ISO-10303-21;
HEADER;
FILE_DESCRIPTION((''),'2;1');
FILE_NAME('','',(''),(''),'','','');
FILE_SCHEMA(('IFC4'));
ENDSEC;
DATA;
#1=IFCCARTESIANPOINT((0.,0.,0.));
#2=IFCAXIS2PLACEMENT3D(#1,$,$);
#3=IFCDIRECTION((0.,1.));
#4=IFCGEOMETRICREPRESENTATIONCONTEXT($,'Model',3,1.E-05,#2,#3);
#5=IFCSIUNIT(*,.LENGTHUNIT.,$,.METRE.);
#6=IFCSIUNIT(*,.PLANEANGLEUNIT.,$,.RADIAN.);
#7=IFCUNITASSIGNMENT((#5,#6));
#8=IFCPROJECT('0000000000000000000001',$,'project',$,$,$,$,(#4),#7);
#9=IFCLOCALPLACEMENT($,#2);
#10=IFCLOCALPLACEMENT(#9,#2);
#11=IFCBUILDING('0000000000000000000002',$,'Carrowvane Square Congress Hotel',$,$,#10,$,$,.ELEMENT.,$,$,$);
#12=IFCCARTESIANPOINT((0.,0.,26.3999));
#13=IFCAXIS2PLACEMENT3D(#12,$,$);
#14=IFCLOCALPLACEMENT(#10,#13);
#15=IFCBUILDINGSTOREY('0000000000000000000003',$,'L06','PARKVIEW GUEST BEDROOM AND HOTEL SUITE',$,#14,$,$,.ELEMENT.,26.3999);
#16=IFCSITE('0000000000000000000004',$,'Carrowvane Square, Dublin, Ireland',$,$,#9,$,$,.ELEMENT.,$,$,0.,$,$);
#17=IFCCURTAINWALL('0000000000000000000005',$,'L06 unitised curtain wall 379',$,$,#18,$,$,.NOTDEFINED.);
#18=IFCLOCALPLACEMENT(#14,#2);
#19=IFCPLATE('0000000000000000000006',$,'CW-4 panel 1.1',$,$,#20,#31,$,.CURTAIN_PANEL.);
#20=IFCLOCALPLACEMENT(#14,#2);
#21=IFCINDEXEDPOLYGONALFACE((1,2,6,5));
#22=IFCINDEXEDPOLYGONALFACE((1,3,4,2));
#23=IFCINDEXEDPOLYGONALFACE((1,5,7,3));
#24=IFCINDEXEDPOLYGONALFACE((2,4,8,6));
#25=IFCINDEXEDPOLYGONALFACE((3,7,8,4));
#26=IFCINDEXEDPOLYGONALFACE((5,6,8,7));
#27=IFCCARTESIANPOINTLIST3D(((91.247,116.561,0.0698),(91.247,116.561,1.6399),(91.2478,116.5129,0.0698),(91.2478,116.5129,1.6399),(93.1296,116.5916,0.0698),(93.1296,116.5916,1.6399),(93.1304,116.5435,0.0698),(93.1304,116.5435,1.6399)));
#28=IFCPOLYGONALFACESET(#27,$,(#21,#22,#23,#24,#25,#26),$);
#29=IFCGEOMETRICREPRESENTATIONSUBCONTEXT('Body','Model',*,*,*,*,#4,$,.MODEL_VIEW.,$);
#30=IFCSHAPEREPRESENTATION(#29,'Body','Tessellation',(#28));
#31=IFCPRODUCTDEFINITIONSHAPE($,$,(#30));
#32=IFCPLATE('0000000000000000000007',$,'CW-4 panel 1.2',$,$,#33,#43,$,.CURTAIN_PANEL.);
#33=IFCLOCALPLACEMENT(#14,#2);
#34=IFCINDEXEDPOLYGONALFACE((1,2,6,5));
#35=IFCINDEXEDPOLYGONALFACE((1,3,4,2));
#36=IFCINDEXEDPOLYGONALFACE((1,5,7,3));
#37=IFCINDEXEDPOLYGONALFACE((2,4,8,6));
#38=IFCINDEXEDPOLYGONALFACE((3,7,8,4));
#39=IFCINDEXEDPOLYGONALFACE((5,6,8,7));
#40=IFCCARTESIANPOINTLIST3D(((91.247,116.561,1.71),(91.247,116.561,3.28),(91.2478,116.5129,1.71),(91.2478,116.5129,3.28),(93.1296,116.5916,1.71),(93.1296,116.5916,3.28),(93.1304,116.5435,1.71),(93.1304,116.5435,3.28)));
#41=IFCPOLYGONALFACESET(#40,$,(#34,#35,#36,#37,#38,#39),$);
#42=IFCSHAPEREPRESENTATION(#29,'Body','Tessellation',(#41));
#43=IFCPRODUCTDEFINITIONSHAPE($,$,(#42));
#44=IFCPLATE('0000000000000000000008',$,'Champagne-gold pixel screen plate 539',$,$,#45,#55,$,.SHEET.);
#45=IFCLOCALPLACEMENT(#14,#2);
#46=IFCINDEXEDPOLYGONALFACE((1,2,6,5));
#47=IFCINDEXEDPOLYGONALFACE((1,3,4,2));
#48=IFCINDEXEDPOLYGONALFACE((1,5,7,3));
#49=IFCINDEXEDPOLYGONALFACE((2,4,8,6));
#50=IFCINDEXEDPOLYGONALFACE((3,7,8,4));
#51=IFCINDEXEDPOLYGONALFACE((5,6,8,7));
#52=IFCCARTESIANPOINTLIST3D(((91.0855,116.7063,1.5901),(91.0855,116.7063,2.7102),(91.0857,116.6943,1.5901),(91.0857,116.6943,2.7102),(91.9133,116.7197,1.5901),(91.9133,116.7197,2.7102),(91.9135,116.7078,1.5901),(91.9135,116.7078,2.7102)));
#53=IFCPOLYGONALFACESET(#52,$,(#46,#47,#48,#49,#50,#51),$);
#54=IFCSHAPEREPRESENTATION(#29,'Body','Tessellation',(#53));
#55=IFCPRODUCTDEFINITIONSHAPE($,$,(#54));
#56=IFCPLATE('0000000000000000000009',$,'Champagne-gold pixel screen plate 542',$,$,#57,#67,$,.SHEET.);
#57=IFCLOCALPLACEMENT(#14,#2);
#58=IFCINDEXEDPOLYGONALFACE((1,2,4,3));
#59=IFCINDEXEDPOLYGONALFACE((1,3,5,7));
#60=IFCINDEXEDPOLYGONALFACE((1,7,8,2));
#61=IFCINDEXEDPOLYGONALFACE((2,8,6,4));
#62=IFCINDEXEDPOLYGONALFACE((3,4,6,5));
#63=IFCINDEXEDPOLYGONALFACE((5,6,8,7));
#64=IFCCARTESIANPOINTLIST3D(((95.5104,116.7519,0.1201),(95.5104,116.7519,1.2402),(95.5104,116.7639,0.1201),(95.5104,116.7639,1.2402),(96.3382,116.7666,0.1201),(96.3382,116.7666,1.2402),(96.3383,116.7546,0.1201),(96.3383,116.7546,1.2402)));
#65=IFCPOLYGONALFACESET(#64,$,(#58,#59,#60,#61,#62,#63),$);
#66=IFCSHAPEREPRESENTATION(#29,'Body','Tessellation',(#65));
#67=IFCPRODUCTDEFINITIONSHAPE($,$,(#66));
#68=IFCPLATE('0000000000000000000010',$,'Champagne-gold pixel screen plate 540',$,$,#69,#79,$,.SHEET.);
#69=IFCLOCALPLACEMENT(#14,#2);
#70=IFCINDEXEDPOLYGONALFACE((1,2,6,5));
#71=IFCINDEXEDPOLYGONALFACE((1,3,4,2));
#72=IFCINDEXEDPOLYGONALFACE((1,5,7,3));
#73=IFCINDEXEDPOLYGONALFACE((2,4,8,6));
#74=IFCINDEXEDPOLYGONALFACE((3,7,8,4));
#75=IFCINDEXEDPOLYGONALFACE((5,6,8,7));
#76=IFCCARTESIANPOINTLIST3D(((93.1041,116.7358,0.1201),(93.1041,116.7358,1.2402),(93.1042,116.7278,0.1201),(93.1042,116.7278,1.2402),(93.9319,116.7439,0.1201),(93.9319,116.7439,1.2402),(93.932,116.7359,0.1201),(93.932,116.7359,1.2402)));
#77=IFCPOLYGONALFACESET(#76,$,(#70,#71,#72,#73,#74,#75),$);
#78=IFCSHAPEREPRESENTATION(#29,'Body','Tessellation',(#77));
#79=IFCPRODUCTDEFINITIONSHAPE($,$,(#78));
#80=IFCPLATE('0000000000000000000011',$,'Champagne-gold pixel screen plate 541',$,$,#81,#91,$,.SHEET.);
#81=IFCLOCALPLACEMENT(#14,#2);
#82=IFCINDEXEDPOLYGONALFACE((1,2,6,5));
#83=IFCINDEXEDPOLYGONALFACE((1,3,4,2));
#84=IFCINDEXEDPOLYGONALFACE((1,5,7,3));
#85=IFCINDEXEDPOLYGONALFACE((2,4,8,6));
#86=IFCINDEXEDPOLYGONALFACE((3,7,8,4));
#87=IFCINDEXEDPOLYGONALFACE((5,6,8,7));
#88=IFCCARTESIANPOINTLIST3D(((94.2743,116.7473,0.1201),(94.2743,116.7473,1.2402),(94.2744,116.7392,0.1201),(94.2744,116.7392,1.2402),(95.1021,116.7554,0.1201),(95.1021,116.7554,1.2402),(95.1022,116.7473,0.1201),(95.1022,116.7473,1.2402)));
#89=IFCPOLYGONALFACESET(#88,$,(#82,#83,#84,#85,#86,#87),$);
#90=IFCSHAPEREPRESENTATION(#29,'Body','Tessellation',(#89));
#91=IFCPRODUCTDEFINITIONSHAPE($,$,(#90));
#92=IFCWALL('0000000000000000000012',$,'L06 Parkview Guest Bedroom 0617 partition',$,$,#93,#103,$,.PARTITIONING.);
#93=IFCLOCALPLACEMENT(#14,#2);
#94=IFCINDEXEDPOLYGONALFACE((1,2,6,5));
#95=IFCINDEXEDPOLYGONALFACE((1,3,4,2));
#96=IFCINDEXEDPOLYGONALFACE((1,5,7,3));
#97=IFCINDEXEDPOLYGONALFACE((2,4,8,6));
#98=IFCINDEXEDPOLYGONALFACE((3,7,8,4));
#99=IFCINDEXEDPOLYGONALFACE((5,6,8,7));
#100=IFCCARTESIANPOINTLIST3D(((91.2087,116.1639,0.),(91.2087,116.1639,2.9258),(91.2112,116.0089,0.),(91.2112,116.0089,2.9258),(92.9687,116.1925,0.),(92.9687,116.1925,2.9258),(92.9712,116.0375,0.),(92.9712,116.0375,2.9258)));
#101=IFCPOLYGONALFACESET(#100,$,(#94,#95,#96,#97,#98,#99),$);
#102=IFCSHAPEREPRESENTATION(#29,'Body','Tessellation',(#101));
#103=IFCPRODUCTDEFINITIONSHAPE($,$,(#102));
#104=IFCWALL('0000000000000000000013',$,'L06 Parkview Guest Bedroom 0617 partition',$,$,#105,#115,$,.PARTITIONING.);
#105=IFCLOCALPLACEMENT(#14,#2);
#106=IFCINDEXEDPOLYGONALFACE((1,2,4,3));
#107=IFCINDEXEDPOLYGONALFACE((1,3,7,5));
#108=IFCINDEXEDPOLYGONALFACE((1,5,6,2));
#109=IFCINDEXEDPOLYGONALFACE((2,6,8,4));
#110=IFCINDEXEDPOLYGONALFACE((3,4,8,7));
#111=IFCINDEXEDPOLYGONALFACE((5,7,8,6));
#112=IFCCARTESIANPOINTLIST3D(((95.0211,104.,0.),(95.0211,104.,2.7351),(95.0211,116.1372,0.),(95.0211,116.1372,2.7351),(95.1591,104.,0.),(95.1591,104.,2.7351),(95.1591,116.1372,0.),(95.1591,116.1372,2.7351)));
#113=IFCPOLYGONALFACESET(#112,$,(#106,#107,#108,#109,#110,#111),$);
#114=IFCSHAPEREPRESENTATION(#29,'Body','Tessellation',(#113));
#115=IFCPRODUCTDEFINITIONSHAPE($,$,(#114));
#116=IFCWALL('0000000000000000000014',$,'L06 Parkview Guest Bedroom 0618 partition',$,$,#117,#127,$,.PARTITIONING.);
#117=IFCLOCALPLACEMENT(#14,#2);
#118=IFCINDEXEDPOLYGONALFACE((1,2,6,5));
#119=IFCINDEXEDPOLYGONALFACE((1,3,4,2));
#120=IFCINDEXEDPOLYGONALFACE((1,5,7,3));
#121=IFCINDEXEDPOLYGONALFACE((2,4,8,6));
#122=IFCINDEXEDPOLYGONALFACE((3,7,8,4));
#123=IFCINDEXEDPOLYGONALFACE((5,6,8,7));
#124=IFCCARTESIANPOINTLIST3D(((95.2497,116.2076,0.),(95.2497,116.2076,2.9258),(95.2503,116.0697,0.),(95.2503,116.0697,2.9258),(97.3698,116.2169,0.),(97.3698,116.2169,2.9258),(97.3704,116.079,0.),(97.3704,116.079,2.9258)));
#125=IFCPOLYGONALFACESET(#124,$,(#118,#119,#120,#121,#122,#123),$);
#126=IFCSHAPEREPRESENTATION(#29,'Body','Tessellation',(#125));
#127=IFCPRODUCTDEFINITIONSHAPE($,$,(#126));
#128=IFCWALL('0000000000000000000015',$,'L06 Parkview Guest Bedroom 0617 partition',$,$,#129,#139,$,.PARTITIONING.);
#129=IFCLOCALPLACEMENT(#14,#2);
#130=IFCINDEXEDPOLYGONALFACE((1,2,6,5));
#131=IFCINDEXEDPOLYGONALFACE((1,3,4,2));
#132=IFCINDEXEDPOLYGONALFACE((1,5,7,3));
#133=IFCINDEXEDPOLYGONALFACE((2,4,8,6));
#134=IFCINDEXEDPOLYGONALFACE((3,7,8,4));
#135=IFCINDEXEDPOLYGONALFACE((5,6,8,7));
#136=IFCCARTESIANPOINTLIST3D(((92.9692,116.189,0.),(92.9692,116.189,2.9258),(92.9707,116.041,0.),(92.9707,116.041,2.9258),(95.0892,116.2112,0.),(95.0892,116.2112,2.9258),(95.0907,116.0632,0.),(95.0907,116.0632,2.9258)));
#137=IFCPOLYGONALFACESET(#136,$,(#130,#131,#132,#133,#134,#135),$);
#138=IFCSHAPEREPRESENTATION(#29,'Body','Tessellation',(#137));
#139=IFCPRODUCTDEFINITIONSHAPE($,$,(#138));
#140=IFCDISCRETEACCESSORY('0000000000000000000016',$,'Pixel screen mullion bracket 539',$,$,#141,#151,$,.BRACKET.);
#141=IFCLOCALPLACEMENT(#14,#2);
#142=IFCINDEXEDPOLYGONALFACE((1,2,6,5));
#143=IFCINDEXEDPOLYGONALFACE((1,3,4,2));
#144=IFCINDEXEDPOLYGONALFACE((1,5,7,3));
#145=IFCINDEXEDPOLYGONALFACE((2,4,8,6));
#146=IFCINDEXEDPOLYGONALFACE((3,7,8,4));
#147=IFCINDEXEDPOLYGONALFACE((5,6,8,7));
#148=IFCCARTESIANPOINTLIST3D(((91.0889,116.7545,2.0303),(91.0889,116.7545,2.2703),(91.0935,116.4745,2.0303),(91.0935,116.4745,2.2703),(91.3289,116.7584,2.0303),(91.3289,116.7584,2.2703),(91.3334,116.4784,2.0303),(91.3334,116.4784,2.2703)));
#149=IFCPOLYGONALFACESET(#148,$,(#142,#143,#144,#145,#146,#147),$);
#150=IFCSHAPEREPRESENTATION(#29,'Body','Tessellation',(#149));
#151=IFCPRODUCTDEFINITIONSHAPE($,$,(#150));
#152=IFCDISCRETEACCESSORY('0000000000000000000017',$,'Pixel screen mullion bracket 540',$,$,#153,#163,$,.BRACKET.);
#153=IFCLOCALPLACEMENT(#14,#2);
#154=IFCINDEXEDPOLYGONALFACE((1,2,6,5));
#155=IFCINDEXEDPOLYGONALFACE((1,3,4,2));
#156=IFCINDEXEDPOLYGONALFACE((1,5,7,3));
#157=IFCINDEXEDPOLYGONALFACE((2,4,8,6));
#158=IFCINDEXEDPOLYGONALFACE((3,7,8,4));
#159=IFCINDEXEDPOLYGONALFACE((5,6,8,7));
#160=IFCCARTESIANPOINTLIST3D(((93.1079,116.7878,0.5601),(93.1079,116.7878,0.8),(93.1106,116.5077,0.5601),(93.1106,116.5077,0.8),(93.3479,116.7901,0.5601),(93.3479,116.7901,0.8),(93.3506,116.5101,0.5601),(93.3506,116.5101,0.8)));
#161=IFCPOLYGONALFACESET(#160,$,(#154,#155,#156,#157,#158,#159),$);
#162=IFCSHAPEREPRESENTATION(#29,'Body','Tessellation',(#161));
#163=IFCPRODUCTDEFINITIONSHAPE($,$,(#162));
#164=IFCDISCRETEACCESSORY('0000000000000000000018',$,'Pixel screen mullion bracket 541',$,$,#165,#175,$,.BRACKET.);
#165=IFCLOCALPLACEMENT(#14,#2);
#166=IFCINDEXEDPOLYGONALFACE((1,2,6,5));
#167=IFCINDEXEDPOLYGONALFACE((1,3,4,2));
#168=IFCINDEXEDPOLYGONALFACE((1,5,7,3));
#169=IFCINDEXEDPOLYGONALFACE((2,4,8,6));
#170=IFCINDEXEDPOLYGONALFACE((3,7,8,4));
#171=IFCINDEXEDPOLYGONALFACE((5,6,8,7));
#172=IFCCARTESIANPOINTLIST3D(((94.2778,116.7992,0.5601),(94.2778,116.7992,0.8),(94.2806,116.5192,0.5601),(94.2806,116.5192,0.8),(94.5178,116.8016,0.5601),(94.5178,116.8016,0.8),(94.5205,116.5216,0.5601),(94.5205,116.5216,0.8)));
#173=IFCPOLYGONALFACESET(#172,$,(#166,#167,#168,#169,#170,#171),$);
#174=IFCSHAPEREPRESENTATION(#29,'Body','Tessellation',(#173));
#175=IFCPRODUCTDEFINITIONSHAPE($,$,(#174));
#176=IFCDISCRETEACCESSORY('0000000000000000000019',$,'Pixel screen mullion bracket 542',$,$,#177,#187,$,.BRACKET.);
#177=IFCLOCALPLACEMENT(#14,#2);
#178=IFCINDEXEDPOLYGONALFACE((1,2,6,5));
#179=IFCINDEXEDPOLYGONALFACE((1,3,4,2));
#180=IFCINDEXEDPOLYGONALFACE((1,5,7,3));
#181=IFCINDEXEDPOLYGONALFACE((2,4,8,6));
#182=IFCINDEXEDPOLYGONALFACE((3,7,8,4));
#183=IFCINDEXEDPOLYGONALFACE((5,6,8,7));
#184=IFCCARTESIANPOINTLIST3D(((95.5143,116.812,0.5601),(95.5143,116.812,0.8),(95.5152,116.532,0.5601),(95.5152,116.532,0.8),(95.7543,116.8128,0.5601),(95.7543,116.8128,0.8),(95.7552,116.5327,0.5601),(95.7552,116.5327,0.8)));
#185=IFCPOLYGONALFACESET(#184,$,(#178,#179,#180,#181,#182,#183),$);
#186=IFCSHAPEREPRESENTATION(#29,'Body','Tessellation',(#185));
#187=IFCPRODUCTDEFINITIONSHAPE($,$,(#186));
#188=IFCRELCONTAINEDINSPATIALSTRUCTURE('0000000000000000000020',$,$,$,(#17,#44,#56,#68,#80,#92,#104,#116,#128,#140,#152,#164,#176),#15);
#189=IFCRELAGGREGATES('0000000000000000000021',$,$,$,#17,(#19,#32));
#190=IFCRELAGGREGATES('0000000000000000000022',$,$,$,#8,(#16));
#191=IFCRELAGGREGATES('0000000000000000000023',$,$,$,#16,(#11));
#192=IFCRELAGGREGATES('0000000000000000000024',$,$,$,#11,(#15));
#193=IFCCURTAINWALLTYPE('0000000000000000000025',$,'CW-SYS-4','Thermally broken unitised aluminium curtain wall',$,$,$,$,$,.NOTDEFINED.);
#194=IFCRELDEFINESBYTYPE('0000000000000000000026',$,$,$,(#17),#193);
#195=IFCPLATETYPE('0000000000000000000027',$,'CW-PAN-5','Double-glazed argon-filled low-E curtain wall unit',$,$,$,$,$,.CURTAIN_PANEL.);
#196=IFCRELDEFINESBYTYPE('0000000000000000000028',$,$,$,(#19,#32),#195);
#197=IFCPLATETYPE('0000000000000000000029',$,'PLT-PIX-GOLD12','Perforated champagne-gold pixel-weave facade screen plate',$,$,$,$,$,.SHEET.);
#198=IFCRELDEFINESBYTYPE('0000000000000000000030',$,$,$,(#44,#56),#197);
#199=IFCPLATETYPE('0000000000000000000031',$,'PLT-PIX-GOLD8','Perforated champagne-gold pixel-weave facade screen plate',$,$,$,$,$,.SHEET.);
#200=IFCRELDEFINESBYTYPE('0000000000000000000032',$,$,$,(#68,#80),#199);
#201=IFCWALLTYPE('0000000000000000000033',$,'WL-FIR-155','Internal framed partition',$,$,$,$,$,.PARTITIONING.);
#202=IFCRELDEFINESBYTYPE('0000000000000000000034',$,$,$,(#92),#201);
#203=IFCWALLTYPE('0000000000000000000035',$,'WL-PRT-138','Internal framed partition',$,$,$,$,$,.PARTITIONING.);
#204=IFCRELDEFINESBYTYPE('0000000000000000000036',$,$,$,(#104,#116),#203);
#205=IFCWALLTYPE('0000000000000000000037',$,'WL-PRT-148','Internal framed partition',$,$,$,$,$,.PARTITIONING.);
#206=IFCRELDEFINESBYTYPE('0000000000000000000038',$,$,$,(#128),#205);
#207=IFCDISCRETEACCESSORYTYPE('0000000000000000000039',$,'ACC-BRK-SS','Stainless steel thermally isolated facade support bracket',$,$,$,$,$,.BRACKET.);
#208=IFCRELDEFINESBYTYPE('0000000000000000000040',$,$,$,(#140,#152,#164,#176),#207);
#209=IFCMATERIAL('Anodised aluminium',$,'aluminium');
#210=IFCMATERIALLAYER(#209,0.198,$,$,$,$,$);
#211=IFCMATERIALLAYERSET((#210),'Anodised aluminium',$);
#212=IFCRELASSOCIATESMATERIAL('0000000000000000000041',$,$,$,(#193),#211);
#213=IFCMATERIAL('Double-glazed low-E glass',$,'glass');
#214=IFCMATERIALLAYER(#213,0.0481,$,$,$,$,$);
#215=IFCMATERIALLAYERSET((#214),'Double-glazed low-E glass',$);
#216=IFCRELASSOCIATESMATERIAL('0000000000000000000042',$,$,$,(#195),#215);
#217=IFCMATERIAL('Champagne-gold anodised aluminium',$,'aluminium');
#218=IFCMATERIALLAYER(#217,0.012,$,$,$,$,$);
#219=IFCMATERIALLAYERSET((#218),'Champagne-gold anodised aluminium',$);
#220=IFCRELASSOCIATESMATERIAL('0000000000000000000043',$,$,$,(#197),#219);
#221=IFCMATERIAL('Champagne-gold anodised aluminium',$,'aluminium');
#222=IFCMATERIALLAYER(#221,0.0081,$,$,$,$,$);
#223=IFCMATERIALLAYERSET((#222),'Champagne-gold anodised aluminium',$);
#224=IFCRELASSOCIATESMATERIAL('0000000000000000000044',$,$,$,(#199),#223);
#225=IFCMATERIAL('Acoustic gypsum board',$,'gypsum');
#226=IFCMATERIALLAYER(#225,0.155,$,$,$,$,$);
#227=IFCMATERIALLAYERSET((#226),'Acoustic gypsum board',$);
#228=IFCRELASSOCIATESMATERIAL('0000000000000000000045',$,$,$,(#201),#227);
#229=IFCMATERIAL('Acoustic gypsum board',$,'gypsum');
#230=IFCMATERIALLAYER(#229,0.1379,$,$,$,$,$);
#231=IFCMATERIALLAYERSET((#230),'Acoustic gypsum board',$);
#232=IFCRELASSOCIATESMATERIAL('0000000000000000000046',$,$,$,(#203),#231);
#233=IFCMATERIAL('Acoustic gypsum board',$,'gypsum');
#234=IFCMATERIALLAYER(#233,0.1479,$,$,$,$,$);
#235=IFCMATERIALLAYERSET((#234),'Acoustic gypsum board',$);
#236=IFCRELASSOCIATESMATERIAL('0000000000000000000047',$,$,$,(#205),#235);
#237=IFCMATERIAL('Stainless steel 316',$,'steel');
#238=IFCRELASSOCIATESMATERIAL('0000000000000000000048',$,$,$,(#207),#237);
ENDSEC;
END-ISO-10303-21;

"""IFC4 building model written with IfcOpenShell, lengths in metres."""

from ifc_helpers import new_model, si_unit, direction, frame, frame_2d, origin, origin_2d, place, context, subcontext, project, spatial, rectangle, extrude, material, layer, layer_set, type_object, element, aggregate, save


model = new_model("IFC4")

# Units and contexts
model_context = context("Model", 3, precision=1e-05, world=origin(), true_north=direction((0.0, 1.0)))
body_context = subcontext(model_context, "Body", "Model", "MODEL_VIEW")
ifc_project = project(units=[si_unit("LENGTHUNIT", "METRE"), si_unit("PLANEANGLEUNIT", "RADIAN")], contexts=[model_context])

# Site, building, storey
site_placement = place(None, origin())
site = spatial("IfcSite", under=ifc_project, at=site_placement, Name="Carrowvane Square, Dublin, Ireland", CompositionType="ELEMENT", RefElevation=0.0)
building_placement = place(site_placement, origin())
building = spatial("IfcBuilding", under=site, at=building_placement, Name="Carrowvane Square Congress Hotel", CompositionType="ELEMENT")
storey_placement = place(building_placement, frame((0.0, 0.0, 26.3999)))
storey = spatial("IfcBuildingStorey", under=building, at=storey_placement, Name="L06", Description="PARKVIEW GUEST BEDROOM AND HOTEL SUITE", CompositionType="ELEMENT", Elevation=26.3999)

# Curtain wall
ifc_material_1 = material(Name="Anodised aluminium", Category="aluminium")
ifc_layer_1 = layer(ifc_material_1, 0.198)
ifc_layer_set_1 = layer_set([ifc_layer_1], Name="Anodised aluminium")
curtain_wall_type_1 = type_object("IfcCurtainWallType", Name="CW-SYS-4", Description="Thermally broken unitised aluminium curtain wall", PredefinedType="NOTDEFINED", material=ifc_layer_set_1)
curtain_wall_1_placement = place(storey_placement, origin())
curtain_wall_1 = element("IfcCurtainWall", 1, at=curtain_wall_1_placement, inside=storey, type_object=curtain_wall_type_1, Name="L06 unitised curtain wall 379", PredefinedType="NOTDEFINED")

# Plates
ifc_material_2 = material(Name="Double-glazed low-E glass", Category="glass")
ifc_layer_2 = layer(ifc_material_2, 0.0481)
ifc_layer_set_2 = layer_set([ifc_layer_2], Name="Double-glazed low-E glass")
plate_type_1 = type_object("IfcPlateType", Name="CW-PAN-5", Description="Double-glazed argon-filled low-E curtain wall unit", PredefinedType="CURTAIN_PANEL", material=ifc_layer_set_2)
plate_1_placement = place(storey_placement, frame((92.1887, 116.5522, 0.0698), z_axis=(0.0, 0.0, 1.0), x_axis=(0.999869, 0.016216, 0.0)))
plate_1 = element("IfcPlate", 2, at=plate_1_placement, type_object=plate_type_1, Name="CW-4 panel 1.1", PredefinedType="CURTAIN_PANEL", context=body_context, shape_type="SweptSolid", body=[
    extrude(rectangle(XDim=1.8828, YDim=0.0481, at=origin_2d()), origin(), (0.0, 0.0, 1.0), 1.5701),
])
plate_2_placement = place(storey_placement, frame((92.1887, 116.5522, 1.71), z_axis=(0.0, 0.0, 1.0), x_axis=(0.999869, 0.016216, 0.0)))
plate_2 = element("IfcPlate", 3, at=plate_2_placement, type_object=plate_type_1, Name="CW-4 panel 1.2", PredefinedType="CURTAIN_PANEL", context=body_context, shape_type="SweptSolid", body=[
    extrude(rectangle(XDim=1.8828, YDim=0.0481, at=origin_2d()), origin(), (0.0, 0.0, 1.0), 1.5701),
])
aggregate(curtain_wall_1, [plate_1, plate_2])

# Plates
ifc_material_3 = material(Name="Champagne-gold anodised aluminium", Category="aluminium")
ifc_layer_3 = layer(ifc_material_3, 0.012)
ifc_layer_set_3 = layer_set([ifc_layer_3], Name="Champagne-gold anodised aluminium")
plate_type_2 = type_object("IfcPlateType", Name="PLT-PIX-GOLD12", Description="Perforated champagne-gold pixel-weave facade screen plate", PredefinedType="SHEET", material=ifc_layer_set_3)
for number, where, z_axis, x_axis, name in (
    (4, (91.4995, 116.707, 1.5901), (0.0, 0.0, 1.0), (0.999869, 0.016216, 0.0), "Champagne-gold pixel screen plate 539"),
    (5, (95.9243, 116.7593, 0.1201), (0.0, 0.0, 1.0), (0.999995, 0.00327, 0.0), "Champagne-gold pixel screen plate 542"),
):
    element("IfcPlate", number, at=place(storey_placement, frame(where, z_axis=z_axis, x_axis=x_axis)), inside=storey, type_object=plate_type_2, Name=name, PredefinedType="SHEET", context=body_context, shape_type="SweptSolid", body=[
        extrude(rectangle(XDim=0.8279, YDim=0.012, at=origin_2d()), origin(), (0.0, 0.0, 1.0), 1.1201),
    ])
ifc_material_4 = material(Name="Champagne-gold anodised aluminium", Category="aluminium")
ifc_layer_4 = layer(ifc_material_4, 0.0081)
ifc_layer_set_4 = layer_set([ifc_layer_4], Name="Champagne-gold anodised aluminium")
plate_type_3 = type_object("IfcPlateType", Name="PLT-PIX-GOLD8", Description="Perforated champagne-gold pixel-weave facade screen plate", PredefinedType="SHEET", material=ifc_layer_set_4)
for number, where, z_axis, x_axis, name in (
    (6, (93.5181, 116.7358, 0.1201), (0.0, 0.0, 1.0), (0.999952, 0.009782, 0.0), "Champagne-gold pixel screen plate 540"),
    (7, (94.6882, 116.7473, 0.1201), (0.0, 0.0, 1.0), (0.999952, 0.009782, 0.0), "Champagne-gold pixel screen plate 541"),
):
    element("IfcPlate", number, at=place(storey_placement, frame(where, z_axis=z_axis, x_axis=x_axis)), inside=storey, type_object=plate_type_3, Name=name, PredefinedType="SHEET", context=body_context, shape_type="SweptSolid", body=[
        extrude(rectangle(XDim=0.8279, YDim=0.0081, at=origin_2d()), origin(), (0.0, 0.0, 1.0), 1.1201),
    ])

# Walls
ifc_material_5 = material(Name="Acoustic gypsum board", Category="gypsum")
ifc_layer_5 = layer(ifc_material_5, 0.155)
ifc_layer_set_5 = layer_set([ifc_layer_5], Name="Acoustic gypsum board")
wall_type_1 = type_object("IfcWallType", Name="WL-FIR-155", Description="Internal framed partition", PredefinedType="PARTITIONING", material=ifc_layer_set_5)
wall_1_placement = place(storey_placement, frame((91.21, 116.0864, 0.0), z_axis=(0.0, 0.0, 1.0), x_axis=(0.999868, 0.016228, 0.0)))
element("IfcWall", 8, at=wall_1_placement, inside=storey, type_object=wall_type_1, Name="L06 Parkview Guest Bedroom 0617 partition", PredefinedType="PARTITIONING", context=body_context, shape_type="SweptSolid", body=[
    extrude(rectangle(XDim=1.7603, YDim=0.155, at=frame_2d((0.8801, 0.0))), origin(), (0.0, 0.0, 1.0), 2.9258),
])
ifc_material_6 = material(Name="Acoustic gypsum board", Category="gypsum")
ifc_layer_6 = layer(ifc_material_6, 0.1379)
ifc_layer_set_6 = layer_set([ifc_layer_6], Name="Acoustic gypsum board")
wall_type_2 = type_object("IfcWallType", Name="WL-PRT-138", Description="Internal framed partition", PredefinedType="PARTITIONING", material=ifc_layer_set_6)
wall_2_placement = place(storey_placement, frame((95.0901, 116.1372, 0.0), z_axis=(0.0, 0.0, 1.0), x_axis=(0.0, -1.0, 0.0)))
element("IfcWall", 9, at=wall_2_placement, inside=storey, type_object=wall_type_2, Name="L06 Parkview Guest Bedroom 0617 partition", PredefinedType="PARTITIONING", context=body_context, shape_type="SweptSolid", body=[
    extrude(rectangle(XDim=12.1372, YDim=0.1379, at=frame_2d((6.0686, 0.0))), origin(), (0.0, 0.0, 1.0), 2.7351),
])
wall_3_placement = place(storey_placement, frame((95.25, 116.1387, 0.0), z_axis=(0.0, 0.0, 1.0), x_axis=(0.99999, 0.004376, 0.0)))
element("IfcWall", 10, at=wall_3_placement, inside=storey, type_object=wall_type_2, Name="L06 Parkview Guest Bedroom 0618 partition", PredefinedType="PARTITIONING", context=body_context, shape_type="SweptSolid", body=[
    extrude(rectangle(XDim=2.1201, YDim=0.1379, at=frame_2d((1.0601, 0.0))), origin(), (0.0, 0.0, 1.0), 2.9258),
])
ifc_material_7 = material(Name="Acoustic gypsum board", Category="gypsum")
ifc_layer_7 = layer(ifc_material_7, 0.1479)
ifc_layer_set_7 = layer_set([ifc_layer_7], Name="Acoustic gypsum board")
wall_type_3 = type_object("IfcWallType", Name="WL-PRT-148", Description="Internal framed partition", PredefinedType="PARTITIONING", material=ifc_layer_set_7)
wall_4_placement = place(storey_placement, frame((92.97, 116.115, 0.0), z_axis=(0.0, 0.0, 1.0), x_axis=(0.999945, 0.010478, 0.0)))
element("IfcWall", 11, at=wall_4_placement, inside=storey, type_object=wall_type_3, Name="L06 Parkview Guest Bedroom 0617 partition", PredefinedType="PARTITIONING", context=body_context, shape_type="SweptSolid", body=[
    extrude(rectangle(XDim=2.1201, YDim=0.1479, at=frame_2d((1.0601, 0.0))), origin(), (0.0, 0.0, 1.0), 2.9258),
])

# Discrete accessories
ifc_material_8 = material(Name="Stainless steel 316", Category="steel")
discrete_accessory_type = type_object("IfcDiscreteAccessoryType", Name="ACC-BRK-SS", Description="Stainless steel thermally isolated facade support bracket", PredefinedType="BRACKET", material=ifc_material_8)
for number, where, z_axis, x_axis, name in (
    (12, (91.2112, 116.6165, 2.0303), (0.0, 0.0, 1.0), (0.999869, 0.016216, 0.0), "Pixel screen mullion bracket 539"),
    (13, (93.2292, 116.6489, 0.5601), (0.0, 0.0, 1.0), (0.999952, 0.009782, 0.0), "Pixel screen mullion bracket 540"),
    (14, (94.3992, 116.6604, 0.5601), (0.0, 0.0, 1.0), (0.999952, 0.009782, 0.0), "Pixel screen mullion bracket 541"),
    (15, (95.6348, 116.6724, 0.5601), (0.0, 0.0, 1.0), (0.999995, 0.00327, 0.0), "Pixel screen mullion bracket 542"),
):
    element("IfcDiscreteAccessory", number, at=place(storey_placement, frame(where, z_axis=z_axis, x_axis=x_axis)), inside=storey, type_object=discrete_accessory_type, Name=name, PredefinedType="BRACKET", context=body_context, shape_type="SweptSolid", body=[
        extrude(rectangle(XDim=0.24, YDim=0.28, at=origin_2d()), origin(), (0.0, 0.0, 1.0), 0.24),
    ])

save(model, "model.ifc")
